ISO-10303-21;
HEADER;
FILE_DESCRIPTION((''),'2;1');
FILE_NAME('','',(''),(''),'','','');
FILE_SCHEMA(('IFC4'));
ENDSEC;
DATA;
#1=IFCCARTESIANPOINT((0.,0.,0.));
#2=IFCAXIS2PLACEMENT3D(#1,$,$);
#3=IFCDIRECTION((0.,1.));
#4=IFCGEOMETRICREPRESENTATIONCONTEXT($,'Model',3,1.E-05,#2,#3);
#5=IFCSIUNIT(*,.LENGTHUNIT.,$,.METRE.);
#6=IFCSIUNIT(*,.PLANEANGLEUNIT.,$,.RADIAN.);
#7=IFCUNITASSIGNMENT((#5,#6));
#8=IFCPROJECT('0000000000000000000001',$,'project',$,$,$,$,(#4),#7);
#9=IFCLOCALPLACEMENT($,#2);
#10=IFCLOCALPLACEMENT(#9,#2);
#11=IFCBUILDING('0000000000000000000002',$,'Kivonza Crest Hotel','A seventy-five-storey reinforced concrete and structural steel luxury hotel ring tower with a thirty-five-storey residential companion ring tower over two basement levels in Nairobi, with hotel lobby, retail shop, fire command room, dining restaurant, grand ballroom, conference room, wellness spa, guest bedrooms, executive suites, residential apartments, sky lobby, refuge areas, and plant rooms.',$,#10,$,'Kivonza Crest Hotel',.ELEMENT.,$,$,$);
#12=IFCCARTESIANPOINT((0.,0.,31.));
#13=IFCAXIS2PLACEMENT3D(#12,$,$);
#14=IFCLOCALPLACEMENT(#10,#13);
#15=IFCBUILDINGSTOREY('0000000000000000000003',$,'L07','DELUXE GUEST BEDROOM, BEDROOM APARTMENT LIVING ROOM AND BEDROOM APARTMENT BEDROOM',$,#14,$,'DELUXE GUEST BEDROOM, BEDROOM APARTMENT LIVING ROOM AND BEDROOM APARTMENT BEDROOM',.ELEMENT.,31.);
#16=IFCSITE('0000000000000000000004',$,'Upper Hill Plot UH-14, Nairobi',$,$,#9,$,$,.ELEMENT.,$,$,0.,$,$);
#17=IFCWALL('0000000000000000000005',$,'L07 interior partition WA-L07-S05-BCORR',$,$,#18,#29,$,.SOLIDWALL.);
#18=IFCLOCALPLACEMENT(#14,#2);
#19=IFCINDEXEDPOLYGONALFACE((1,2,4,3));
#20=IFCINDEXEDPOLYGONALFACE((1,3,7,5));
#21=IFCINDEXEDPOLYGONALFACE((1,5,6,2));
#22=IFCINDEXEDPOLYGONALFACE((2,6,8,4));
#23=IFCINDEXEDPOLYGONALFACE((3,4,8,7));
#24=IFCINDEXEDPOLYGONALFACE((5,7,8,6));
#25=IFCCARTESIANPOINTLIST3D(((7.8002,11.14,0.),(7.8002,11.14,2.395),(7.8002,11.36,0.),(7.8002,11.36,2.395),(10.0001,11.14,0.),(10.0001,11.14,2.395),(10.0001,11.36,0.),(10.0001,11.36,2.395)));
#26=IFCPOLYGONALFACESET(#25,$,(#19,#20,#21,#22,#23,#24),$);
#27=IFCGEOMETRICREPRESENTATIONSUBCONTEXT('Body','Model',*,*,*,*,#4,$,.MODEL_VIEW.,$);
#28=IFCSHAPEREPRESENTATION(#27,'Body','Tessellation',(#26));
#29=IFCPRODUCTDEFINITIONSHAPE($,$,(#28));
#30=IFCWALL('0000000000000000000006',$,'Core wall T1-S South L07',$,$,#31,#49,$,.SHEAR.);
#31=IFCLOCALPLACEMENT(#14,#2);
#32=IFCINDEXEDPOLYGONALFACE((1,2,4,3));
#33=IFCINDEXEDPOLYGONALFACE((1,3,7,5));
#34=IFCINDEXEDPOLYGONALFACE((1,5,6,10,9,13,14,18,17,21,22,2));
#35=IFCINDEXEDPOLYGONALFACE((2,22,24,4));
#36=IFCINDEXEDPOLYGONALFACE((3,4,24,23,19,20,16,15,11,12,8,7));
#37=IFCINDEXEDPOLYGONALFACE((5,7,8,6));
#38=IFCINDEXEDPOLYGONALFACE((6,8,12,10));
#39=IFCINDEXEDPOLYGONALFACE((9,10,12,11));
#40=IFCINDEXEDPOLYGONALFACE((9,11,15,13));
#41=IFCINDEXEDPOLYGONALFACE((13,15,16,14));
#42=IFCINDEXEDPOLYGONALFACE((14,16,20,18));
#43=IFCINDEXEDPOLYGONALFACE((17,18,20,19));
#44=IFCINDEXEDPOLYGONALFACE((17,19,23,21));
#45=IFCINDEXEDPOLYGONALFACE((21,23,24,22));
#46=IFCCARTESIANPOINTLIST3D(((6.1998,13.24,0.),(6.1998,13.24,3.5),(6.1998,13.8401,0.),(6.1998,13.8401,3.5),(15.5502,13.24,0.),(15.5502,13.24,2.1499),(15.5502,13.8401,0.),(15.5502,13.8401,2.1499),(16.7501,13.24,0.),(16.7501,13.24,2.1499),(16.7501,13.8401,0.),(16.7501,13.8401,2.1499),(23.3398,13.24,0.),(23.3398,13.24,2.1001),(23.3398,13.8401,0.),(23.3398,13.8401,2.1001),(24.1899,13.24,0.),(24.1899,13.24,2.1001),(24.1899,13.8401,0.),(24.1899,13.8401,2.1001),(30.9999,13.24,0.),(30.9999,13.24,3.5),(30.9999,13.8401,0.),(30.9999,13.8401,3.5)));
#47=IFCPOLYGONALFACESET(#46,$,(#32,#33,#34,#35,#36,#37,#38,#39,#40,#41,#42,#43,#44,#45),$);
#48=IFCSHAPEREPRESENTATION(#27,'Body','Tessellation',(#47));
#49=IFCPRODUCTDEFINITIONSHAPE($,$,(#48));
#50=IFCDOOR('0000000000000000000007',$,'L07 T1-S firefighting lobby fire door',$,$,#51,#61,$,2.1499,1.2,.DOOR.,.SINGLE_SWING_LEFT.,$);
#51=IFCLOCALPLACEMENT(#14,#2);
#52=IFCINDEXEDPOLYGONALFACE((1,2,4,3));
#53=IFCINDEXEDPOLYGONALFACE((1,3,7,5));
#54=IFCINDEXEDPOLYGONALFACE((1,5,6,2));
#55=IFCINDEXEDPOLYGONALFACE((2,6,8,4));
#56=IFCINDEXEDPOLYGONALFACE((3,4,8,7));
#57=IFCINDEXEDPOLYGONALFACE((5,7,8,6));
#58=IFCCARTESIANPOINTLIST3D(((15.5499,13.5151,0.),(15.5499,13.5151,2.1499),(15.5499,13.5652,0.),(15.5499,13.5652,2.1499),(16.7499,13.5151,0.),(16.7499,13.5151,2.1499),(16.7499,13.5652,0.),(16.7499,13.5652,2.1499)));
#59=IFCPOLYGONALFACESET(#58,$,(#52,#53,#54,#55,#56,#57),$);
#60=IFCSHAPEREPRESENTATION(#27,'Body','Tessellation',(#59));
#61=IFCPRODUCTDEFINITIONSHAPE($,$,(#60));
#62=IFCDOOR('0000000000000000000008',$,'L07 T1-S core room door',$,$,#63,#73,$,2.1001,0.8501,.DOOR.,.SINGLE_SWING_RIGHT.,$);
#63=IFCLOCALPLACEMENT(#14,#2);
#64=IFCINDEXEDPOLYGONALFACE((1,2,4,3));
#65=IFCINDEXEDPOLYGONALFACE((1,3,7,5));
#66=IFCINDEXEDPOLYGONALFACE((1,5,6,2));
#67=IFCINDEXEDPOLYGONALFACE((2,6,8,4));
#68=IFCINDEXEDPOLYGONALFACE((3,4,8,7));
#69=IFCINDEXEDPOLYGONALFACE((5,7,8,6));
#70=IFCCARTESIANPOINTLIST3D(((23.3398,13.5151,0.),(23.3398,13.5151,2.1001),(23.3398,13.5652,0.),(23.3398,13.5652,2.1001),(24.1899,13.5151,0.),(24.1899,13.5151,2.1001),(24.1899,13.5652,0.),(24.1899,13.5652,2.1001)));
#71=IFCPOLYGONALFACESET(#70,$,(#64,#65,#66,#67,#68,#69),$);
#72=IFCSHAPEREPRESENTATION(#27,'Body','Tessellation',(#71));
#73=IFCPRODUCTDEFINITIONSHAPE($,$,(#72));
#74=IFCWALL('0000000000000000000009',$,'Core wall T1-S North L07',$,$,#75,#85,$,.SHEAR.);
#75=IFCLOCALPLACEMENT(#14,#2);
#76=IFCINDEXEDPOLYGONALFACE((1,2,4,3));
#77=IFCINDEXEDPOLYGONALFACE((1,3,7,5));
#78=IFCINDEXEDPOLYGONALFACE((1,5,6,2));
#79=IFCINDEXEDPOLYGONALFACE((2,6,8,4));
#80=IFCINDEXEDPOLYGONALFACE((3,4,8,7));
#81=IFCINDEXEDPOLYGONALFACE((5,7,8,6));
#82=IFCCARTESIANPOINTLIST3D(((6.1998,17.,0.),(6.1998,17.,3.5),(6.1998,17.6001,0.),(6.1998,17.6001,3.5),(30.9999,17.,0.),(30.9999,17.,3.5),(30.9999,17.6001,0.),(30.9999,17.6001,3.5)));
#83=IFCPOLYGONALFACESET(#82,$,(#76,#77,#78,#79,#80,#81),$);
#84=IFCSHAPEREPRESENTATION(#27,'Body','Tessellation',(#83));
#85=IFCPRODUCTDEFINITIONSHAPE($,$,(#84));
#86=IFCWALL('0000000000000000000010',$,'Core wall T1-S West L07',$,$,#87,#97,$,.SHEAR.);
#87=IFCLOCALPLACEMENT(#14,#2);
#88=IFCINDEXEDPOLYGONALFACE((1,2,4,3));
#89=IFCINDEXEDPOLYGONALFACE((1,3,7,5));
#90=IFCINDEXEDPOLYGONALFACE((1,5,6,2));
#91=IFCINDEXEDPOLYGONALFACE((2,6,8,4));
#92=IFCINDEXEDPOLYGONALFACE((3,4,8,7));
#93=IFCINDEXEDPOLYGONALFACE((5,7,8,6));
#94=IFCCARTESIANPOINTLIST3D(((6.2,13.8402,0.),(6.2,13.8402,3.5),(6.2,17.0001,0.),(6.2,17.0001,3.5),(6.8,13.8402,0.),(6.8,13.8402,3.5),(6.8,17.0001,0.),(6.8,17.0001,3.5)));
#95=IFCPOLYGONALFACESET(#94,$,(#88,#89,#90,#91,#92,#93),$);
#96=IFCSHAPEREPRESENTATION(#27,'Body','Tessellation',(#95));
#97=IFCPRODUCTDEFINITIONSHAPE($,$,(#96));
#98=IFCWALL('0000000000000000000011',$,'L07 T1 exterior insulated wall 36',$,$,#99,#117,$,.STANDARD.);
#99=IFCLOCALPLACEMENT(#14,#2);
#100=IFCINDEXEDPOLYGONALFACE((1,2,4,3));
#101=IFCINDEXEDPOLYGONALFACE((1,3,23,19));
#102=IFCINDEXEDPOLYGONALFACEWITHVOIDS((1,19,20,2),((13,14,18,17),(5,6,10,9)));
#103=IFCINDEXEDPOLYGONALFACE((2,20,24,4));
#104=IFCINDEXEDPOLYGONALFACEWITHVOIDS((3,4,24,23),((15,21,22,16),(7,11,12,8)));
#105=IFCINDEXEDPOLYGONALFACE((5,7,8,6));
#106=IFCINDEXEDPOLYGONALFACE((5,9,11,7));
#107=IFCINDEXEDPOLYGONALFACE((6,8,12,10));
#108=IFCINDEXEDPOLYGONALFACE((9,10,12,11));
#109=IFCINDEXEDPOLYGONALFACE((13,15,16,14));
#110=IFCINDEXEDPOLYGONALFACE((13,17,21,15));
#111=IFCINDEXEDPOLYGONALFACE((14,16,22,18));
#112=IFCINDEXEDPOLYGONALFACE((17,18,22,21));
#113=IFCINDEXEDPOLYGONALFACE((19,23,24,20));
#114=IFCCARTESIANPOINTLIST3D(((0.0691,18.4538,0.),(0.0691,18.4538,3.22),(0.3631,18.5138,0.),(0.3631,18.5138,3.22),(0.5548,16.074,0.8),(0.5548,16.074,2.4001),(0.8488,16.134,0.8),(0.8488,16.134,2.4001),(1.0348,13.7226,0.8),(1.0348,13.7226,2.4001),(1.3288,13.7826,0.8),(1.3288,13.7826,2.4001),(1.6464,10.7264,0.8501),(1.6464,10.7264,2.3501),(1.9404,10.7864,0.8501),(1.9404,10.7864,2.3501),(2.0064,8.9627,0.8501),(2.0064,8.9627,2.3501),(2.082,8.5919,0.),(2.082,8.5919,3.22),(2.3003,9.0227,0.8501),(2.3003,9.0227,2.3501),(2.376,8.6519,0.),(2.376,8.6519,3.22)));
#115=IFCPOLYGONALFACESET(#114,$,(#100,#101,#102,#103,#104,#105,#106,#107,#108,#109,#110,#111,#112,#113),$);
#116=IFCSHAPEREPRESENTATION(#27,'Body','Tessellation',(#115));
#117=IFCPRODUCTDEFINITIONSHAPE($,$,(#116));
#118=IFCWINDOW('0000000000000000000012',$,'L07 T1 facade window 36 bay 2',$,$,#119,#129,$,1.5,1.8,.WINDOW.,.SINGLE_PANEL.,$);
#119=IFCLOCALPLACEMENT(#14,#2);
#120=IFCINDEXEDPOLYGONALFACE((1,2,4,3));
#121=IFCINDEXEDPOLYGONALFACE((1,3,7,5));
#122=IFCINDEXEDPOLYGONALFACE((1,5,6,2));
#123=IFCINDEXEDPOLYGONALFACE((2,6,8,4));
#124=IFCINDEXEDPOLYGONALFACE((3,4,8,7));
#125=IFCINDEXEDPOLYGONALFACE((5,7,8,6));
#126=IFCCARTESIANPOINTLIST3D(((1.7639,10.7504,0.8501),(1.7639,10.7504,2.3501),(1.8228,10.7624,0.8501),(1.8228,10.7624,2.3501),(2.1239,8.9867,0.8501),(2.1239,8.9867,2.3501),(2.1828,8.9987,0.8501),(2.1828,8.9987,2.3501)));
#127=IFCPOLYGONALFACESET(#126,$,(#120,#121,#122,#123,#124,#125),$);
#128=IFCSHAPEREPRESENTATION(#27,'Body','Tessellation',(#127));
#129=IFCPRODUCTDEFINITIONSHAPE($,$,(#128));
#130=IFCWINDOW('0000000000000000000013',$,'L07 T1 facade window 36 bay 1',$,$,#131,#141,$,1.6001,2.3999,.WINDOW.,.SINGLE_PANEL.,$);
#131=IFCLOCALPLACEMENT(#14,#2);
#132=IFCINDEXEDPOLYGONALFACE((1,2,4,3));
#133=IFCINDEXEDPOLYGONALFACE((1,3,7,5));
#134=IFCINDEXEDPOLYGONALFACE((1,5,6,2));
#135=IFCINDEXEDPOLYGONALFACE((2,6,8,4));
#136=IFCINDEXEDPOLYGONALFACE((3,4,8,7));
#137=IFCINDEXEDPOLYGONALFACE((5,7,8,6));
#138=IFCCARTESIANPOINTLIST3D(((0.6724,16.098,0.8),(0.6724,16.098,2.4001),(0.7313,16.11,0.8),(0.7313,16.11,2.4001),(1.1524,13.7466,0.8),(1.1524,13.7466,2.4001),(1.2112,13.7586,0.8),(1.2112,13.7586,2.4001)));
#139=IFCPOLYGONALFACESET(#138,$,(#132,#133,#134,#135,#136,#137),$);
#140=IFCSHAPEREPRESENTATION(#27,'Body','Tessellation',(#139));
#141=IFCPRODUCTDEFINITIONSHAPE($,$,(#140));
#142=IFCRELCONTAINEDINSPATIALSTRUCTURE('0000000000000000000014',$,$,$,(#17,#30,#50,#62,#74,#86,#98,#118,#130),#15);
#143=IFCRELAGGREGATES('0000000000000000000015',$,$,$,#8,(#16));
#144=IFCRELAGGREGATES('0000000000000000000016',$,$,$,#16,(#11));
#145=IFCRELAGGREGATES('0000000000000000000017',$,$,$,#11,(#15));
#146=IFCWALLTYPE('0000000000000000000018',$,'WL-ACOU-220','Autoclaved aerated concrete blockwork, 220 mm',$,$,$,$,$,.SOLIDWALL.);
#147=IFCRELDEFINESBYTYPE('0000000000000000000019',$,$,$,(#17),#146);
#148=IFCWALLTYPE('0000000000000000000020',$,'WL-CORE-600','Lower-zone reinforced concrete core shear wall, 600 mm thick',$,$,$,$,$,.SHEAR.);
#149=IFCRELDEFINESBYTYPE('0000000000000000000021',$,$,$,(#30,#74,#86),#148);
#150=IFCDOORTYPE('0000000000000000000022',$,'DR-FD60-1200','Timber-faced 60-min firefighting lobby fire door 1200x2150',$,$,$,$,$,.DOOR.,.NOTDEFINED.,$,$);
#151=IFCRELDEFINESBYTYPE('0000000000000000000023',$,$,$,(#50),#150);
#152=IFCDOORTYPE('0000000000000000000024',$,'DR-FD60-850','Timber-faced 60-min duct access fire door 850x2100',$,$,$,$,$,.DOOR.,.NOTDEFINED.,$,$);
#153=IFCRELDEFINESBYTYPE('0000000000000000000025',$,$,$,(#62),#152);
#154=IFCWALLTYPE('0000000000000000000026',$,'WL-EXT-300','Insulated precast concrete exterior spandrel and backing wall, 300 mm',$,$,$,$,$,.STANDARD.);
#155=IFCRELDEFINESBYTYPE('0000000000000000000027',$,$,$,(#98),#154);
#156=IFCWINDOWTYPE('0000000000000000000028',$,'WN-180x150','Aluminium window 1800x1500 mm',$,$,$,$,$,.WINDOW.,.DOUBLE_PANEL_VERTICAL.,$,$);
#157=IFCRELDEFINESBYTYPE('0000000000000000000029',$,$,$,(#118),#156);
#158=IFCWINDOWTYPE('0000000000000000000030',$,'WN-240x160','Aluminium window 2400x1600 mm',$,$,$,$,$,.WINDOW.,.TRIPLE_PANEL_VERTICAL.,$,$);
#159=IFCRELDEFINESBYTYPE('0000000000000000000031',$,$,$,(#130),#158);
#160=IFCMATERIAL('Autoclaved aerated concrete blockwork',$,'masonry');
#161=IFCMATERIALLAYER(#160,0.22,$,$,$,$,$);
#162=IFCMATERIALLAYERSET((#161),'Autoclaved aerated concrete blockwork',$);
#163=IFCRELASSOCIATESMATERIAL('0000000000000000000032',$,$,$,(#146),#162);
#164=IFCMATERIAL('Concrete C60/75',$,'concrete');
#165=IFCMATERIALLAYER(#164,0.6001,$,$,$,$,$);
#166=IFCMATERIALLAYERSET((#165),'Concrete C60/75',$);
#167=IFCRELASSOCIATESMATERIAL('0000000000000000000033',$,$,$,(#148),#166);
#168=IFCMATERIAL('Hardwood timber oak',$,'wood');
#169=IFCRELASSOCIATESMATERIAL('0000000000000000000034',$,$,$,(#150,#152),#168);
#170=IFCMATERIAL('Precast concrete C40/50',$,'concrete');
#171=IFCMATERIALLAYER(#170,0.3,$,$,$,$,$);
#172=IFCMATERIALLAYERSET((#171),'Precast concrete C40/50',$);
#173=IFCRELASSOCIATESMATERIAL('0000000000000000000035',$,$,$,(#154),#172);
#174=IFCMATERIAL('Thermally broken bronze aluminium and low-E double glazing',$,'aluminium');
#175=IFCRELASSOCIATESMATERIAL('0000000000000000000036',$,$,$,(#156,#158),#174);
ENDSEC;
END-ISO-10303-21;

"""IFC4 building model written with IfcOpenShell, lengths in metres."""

from ifc_helpers import new_model, si_unit, direction, frame, frame_2d, origin, place, context, subcontext, project, spatial, rectangle, extrude, material, layer, layer_set, type_object, element, fill, save


model = new_model("IFC4")

# Units and contexts
model_context = context("Model", 3, precision=1e-05, world=origin(), true_north=direction((0.0, 1.0)))
body_context = subcontext(model_context, "Body", "Model", "MODEL_VIEW")
ifc_project = project(units=[si_unit("LENGTHUNIT", "METRE"), si_unit("PLANEANGLEUNIT", "RADIAN")], contexts=[model_context])

# Site, building, storey
site_placement = place(None, origin())
site = spatial("IfcSite", under=ifc_project, at=site_placement, Name="Upper Hill Plot UH-14, Nairobi", CompositionType="ELEMENT", RefElevation=0.0)
building_placement = place(site_placement, origin())
building = spatial("IfcBuilding", under=site, at=building_placement, Name="Kivonza Crest Hotel", Description="A seventy-five-storey reinforced concrete and structural steel luxury hotel ring tower with a thirty-five-storey residential companion ring tower over two basement levels in Nairobi, with hotel lobby, retail shop, fire command room, dining restaurant, grand ballroom, conference room, wellness spa, guest bedrooms, executive suites, residential apartments, sky lobby, refuge areas, and plant rooms.", LongName="Kivonza Crest Hotel", CompositionType="ELEMENT")
storey_placement = place(building_placement, frame((0.0, 0.0, 31.0)))
storey = spatial("IfcBuildingStorey", under=building, at=storey_placement, Name="L07", Description="DELUXE GUEST BEDROOM, BEDROOM APARTMENT LIVING ROOM AND BEDROOM APARTMENT BEDROOM", LongName="DELUXE GUEST BEDROOM, BEDROOM APARTMENT LIVING ROOM AND BEDROOM APARTMENT BEDROOM", CompositionType="ELEMENT", Elevation=31.0)

# Shared definitions
ifc_material_1 = material(Name="Concrete C60/75", Category="concrete")

# Shared definitions
ifc_material_2 = material(Name="Autoclaved aerated concrete blockwork", Category="masonry")
ifc_layer_1 = layer(ifc_material_2, 0.22)
ifc_layer_set_1 = layer_set([ifc_layer_1], Name="Autoclaved aerated concrete blockwork")
wall_type_1 = type_object("IfcWallType", Name="WL-ACOU-220", Description="Autoclaved aerated concrete blockwork, 220 mm", PredefinedType="SOLIDWALL", material=ifc_layer_set_1)

# Shared definitions
ifc_material_3 = material(Name="Hardwood timber oak", Category="wood")

# Wall
wall_1_placement = place(storey_placement, frame((7.8, 11.25, 0.0), z_axis=(0.0, 0.0, 1.0), x_axis=(1.0, 0.0, 0.0)))
element("IfcWall", 1, at=wall_1_placement, inside=storey, type_object=wall_type_1, Name="L07 interior partition WA-L07-S05-BCORR", PredefinedType="SOLIDWALL", context=body_context, shape_type="SweptSolid", body=[
    extrude(rectangle(XDim=2.2, YDim=0.22, at=frame_2d((1.1001, 0.0))), origin(), (0.0, 0.0, 1.0), 2.395),
])

# Wall, openings, doors
ifc_layer_2 = layer(ifc_material_1, 0.6001)
ifc_layer_set_2 = layer_set([ifc_layer_2], Name="Concrete C60/75")
wall_type_2 = type_object("IfcWallType", Name="WL-CORE-600", Description="Lower-zone reinforced concrete core shear wall, 600 mm thick", PredefinedType="SHEAR", material=ifc_layer_set_2)
wall_2_placement = place(storey_placement, frame((6.2, 13.54, 0.0), z_axis=(0.0, 0.0, 1.0), x_axis=(1.0, 0.0, 0.0)))
wall_2 = element("IfcWall", 2, at=wall_2_placement, inside=storey, type_object=wall_type_2, Name="Core wall T1-S South L07", PredefinedType="SHEAR", context=body_context, shape_type="SweptSolid", body=[
    extrude(rectangle(XDim=24.8, YDim=0.6001, at=frame_2d((12.3999, 0.0))), origin(), (0.0, 0.0, 1.0), 3.5),
])
opening_1_placement = place(wall_2_placement, frame((9.3501, 0.0, 0.0)))
opening_1 = element("IfcOpeningElement", 3, at=opening_1_placement, cuts=wall_2, PredefinedType="OPENING", context=body_context, shape_type="SweptSolid", body=[
    extrude(rectangle(XDim=1.2, YDim=2.1499, at=frame_2d((0.6001, 1.075))), frame((0.0, 0.3101, 0.0), z_axis=(0.0, -1.0, 0.0), x_axis=(1.0, 0.0, 0.0)), (0.0, 0.0, 1.0), 0.6201),
])
opening_2_placement = place(wall_2_placement, frame((17.1399, 0.0, 0.0)))
opening_2 = element("IfcOpeningElement", 4, at=opening_2_placement, cuts=wall_2, PredefinedType="OPENING", context=body_context, shape_type="SweptSolid", body=[
    extrude(rectangle(XDim=0.8501, YDim=2.1001, at=frame_2d((0.425, 1.05))), frame((0.0, 0.3101, 0.0), z_axis=(0.0, -1.0, 0.0), x_axis=(1.0, 0.0, 0.0)), (0.0, 0.0, 1.0), 0.6201),
])
door_type_1 = type_object("IfcDoorType", Name="DR-FD60-1200", Description="Timber-faced 60-min firefighting lobby fire door 1200x2150", OperationType="NOTDEFINED", PredefinedType="DOOR", material=ifc_material_3)
door_1_placement = place(opening_1_placement, frame((1.2, 0.0, 0.0), z_axis=(0.0, 0.0, 1.0), x_axis=(-1.0, 0.0, 0.0)))
door_1 = element("IfcDoor", 5, at=door_1_placement, inside=storey, type_object=door_type_1, Name="L07 T1-S firefighting lobby fire door", OperationType="SINGLE_SWING_LEFT", OverallHeight=2.1499, OverallWidth=1.2, PredefinedType="DOOR", context=body_context, shape_type="SweptSolid", body=[
    extrude(rectangle(XDim=1.2, YDim=2.1499, at=frame_2d((0.6001, 1.075))), frame((0.0, 0.0249, 0.0), z_axis=(0.0, -1.0, 0.0), x_axis=(1.0, 0.0, 0.0)), (0.0, 0.0, 1.0), 0.05),
])
fill(opening_1, door_1)
door_type_2 = type_object("IfcDoorType", Name="DR-FD60-850", Description="Timber-faced 60-min duct access fire door 850x2100", OperationType="NOTDEFINED", PredefinedType="DOOR", material=ifc_material_3)
door_2_placement = place(opening_2_placement, frame((0.8501, 0.0, 0.0), z_axis=(0.0, 0.0, 1.0), x_axis=(-1.0, 0.0, 0.0)))
door_2 = element("IfcDoor", 6, at=door_2_placement, inside=storey, type_object=door_type_2, Name="L07 T1-S core room door", OperationType="SINGLE_SWING_RIGHT", OverallHeight=2.1001, OverallWidth=0.8501, PredefinedType="DOOR", context=body_context, shape_type="SweptSolid", body=[
    extrude(rectangle(XDim=0.8501, YDim=2.1001, at=frame_2d((0.425, 1.05))), frame((0.0, 0.0249, 0.0), z_axis=(0.0, -1.0, 0.0), x_axis=(1.0, 0.0, 0.0)), (0.0, 0.0, 1.0), 0.05),
])
fill(opening_2, door_2)

# Walls
wall_3_placement = place(storey_placement, frame((6.2, 17.3, 0.0), z_axis=(0.0, 0.0, 1.0), x_axis=(1.0, 0.0, 0.0)))
element("IfcWall", 7, at=wall_3_placement, inside=storey, type_object=wall_type_2, Name="Core wall T1-S North L07", PredefinedType="SHEAR", context=body_context, shape_type="SweptSolid", body=[
    extrude(rectangle(XDim=24.8, YDim=0.6001, at=frame_2d((12.3999, 0.0))), origin(), (0.0, 0.0, 1.0), 3.5),
])
wall_4_placement = place(storey_placement, frame((6.5, 13.8401, 0.0), z_axis=(0.0, 0.0, 1.0), x_axis=(0.0, 1.0, 0.0)))
element("IfcWall", 8, at=wall_4_placement, inside=storey, type_object=wall_type_2, Name="Core wall T1-S West L07", PredefinedType="SHEAR", context=body_context, shape_type="SweptSolid", body=[
    extrude(rectangle(XDim=3.1599, YDim=0.6001, at=frame_2d((1.5801, 0.0))), origin(), (0.0, 0.0, 1.0), 3.5),
])

# Wall, openings, windows
ifc_material_4 = material(Name="Precast concrete C40/50", Category="concrete")
ifc_layer_3 = layer(ifc_material_4, 0.3)
ifc_layer_set_3 = layer_set([ifc_layer_3], Name="Precast concrete C40/50")
wall_type_3 = type_object("IfcWallType", Name="WL-EXT-300", Description="Insulated precast concrete exterior spandrel and backing wall, 300 mm", PredefinedType="STANDARD", material=ifc_layer_set_3)
wall_5_placement = place(storey_placement, frame((0.2161, 18.4839, 0.0), z_axis=(0.0, 0.0, 1.0), x_axis=(0.199991, -0.979798, 0.0)))
wall_5 = element("IfcWall", 9, at=wall_5_placement, inside=storey, type_object=wall_type_3, Name="L07 T1 exterior insulated wall 36", PredefinedType="STANDARD", context=body_context, shape_type="SweptSolid", body=[
    extrude(rectangle(XDim=10.0652, YDim=0.3, at=frame_2d((5.0327, 0.0))), origin(), (0.0, 0.0, 1.0), 3.22),
])
opening_3_placement = place(wall_5_placement, frame((2.429, 0.0, 0.8)))
opening_3 = element("IfcOpeningElement", 10, at=opening_3_placement, cuts=wall_5, PredefinedType="OPENING", context=body_context, shape_type="SweptSolid", body=[
    extrude(rectangle(XDim=2.3999, YDim=1.6001, at=frame_2d((1.2, 0.8))), frame((0.0, 0.1602, 0.0), z_axis=(0.0, -1.0, 0.0), x_axis=(1.0, 0.0, 0.0)), (0.0, 0.0, 1.0), 0.3201),
])
opening_4_placement = place(wall_5_placement, frame((7.887, 0.0, 0.8501)))
opening_4 = element("IfcOpeningElement", 11, at=opening_4_placement, cuts=wall_5, PredefinedType="OPENING", context=body_context, shape_type="SweptSolid", body=[
    extrude(rectangle(XDim=1.8, YDim=1.5, at=frame_2d((0.8999, 0.75))), frame((0.0, 0.1602, 0.0), z_axis=(0.0, -1.0, 0.0), x_axis=(1.0, 0.0, 0.0)), (0.0, 0.0, 1.0), 0.3201),
])
ifc_material_5 = material(Name="Thermally broken bronze aluminium and low-E double glazing", Category="aluminium")
window_type_1 = type_object("IfcWindowType", Name="WN-180x150", Description="Aluminium window 1800x1500 mm", PartitioningType="DOUBLE_PANEL_VERTICAL", PredefinedType="WINDOW", material=ifc_material_5)
window_1_placement = place(opening_4_placement, origin())
window_1 = element("IfcWindow", 12, at=window_1_placement, inside=storey, type_object=window_type_1, Name="L07 T1 facade window 36 bay 2", OverallHeight=1.5, OverallWidth=1.8, PartitioningType="SINGLE_PANEL", PredefinedType="WINDOW", context=body_context, shape_type="SweptSolid", body=[
    extrude(rectangle(XDim=1.8, YDim=1.5, at=frame_2d((0.8999, 0.75))), frame((0.0, 0.03, 0.0), z_axis=(0.0, -1.0, 0.0), x_axis=(1.0, 0.0, 0.0)), (0.0, 0.0, 1.0), 0.0601),
])
fill(opening_4, window_1)
window_type_2 = type_object("IfcWindowType", Name="WN-240x160", Description="Aluminium window 2400x1600 mm", PartitioningType="TRIPLE_PANEL_VERTICAL", PredefinedType="WINDOW", material=ifc_material_5)
window_2_placement = place(opening_3_placement, origin())
window_2 = element("IfcWindow", 13, at=window_2_placement, inside=storey, type_object=window_type_2, Name="L07 T1 facade window 36 bay 1", OverallHeight=1.6001, OverallWidth=2.3999, PartitioningType="SINGLE_PANEL", PredefinedType="WINDOW", context=body_context, shape_type="SweptSolid", body=[
    extrude(rectangle(XDim=2.3999, YDim=1.6001, at=frame_2d((1.2, 0.8))), frame((0.0, 0.03, 0.0), z_axis=(0.0, -1.0, 0.0), x_axis=(1.0, 0.0, 0.0)), (0.0, 0.0, 1.0), 0.0601),
])
fill(opening_3, window_2)

save(model, "model.ifc")
